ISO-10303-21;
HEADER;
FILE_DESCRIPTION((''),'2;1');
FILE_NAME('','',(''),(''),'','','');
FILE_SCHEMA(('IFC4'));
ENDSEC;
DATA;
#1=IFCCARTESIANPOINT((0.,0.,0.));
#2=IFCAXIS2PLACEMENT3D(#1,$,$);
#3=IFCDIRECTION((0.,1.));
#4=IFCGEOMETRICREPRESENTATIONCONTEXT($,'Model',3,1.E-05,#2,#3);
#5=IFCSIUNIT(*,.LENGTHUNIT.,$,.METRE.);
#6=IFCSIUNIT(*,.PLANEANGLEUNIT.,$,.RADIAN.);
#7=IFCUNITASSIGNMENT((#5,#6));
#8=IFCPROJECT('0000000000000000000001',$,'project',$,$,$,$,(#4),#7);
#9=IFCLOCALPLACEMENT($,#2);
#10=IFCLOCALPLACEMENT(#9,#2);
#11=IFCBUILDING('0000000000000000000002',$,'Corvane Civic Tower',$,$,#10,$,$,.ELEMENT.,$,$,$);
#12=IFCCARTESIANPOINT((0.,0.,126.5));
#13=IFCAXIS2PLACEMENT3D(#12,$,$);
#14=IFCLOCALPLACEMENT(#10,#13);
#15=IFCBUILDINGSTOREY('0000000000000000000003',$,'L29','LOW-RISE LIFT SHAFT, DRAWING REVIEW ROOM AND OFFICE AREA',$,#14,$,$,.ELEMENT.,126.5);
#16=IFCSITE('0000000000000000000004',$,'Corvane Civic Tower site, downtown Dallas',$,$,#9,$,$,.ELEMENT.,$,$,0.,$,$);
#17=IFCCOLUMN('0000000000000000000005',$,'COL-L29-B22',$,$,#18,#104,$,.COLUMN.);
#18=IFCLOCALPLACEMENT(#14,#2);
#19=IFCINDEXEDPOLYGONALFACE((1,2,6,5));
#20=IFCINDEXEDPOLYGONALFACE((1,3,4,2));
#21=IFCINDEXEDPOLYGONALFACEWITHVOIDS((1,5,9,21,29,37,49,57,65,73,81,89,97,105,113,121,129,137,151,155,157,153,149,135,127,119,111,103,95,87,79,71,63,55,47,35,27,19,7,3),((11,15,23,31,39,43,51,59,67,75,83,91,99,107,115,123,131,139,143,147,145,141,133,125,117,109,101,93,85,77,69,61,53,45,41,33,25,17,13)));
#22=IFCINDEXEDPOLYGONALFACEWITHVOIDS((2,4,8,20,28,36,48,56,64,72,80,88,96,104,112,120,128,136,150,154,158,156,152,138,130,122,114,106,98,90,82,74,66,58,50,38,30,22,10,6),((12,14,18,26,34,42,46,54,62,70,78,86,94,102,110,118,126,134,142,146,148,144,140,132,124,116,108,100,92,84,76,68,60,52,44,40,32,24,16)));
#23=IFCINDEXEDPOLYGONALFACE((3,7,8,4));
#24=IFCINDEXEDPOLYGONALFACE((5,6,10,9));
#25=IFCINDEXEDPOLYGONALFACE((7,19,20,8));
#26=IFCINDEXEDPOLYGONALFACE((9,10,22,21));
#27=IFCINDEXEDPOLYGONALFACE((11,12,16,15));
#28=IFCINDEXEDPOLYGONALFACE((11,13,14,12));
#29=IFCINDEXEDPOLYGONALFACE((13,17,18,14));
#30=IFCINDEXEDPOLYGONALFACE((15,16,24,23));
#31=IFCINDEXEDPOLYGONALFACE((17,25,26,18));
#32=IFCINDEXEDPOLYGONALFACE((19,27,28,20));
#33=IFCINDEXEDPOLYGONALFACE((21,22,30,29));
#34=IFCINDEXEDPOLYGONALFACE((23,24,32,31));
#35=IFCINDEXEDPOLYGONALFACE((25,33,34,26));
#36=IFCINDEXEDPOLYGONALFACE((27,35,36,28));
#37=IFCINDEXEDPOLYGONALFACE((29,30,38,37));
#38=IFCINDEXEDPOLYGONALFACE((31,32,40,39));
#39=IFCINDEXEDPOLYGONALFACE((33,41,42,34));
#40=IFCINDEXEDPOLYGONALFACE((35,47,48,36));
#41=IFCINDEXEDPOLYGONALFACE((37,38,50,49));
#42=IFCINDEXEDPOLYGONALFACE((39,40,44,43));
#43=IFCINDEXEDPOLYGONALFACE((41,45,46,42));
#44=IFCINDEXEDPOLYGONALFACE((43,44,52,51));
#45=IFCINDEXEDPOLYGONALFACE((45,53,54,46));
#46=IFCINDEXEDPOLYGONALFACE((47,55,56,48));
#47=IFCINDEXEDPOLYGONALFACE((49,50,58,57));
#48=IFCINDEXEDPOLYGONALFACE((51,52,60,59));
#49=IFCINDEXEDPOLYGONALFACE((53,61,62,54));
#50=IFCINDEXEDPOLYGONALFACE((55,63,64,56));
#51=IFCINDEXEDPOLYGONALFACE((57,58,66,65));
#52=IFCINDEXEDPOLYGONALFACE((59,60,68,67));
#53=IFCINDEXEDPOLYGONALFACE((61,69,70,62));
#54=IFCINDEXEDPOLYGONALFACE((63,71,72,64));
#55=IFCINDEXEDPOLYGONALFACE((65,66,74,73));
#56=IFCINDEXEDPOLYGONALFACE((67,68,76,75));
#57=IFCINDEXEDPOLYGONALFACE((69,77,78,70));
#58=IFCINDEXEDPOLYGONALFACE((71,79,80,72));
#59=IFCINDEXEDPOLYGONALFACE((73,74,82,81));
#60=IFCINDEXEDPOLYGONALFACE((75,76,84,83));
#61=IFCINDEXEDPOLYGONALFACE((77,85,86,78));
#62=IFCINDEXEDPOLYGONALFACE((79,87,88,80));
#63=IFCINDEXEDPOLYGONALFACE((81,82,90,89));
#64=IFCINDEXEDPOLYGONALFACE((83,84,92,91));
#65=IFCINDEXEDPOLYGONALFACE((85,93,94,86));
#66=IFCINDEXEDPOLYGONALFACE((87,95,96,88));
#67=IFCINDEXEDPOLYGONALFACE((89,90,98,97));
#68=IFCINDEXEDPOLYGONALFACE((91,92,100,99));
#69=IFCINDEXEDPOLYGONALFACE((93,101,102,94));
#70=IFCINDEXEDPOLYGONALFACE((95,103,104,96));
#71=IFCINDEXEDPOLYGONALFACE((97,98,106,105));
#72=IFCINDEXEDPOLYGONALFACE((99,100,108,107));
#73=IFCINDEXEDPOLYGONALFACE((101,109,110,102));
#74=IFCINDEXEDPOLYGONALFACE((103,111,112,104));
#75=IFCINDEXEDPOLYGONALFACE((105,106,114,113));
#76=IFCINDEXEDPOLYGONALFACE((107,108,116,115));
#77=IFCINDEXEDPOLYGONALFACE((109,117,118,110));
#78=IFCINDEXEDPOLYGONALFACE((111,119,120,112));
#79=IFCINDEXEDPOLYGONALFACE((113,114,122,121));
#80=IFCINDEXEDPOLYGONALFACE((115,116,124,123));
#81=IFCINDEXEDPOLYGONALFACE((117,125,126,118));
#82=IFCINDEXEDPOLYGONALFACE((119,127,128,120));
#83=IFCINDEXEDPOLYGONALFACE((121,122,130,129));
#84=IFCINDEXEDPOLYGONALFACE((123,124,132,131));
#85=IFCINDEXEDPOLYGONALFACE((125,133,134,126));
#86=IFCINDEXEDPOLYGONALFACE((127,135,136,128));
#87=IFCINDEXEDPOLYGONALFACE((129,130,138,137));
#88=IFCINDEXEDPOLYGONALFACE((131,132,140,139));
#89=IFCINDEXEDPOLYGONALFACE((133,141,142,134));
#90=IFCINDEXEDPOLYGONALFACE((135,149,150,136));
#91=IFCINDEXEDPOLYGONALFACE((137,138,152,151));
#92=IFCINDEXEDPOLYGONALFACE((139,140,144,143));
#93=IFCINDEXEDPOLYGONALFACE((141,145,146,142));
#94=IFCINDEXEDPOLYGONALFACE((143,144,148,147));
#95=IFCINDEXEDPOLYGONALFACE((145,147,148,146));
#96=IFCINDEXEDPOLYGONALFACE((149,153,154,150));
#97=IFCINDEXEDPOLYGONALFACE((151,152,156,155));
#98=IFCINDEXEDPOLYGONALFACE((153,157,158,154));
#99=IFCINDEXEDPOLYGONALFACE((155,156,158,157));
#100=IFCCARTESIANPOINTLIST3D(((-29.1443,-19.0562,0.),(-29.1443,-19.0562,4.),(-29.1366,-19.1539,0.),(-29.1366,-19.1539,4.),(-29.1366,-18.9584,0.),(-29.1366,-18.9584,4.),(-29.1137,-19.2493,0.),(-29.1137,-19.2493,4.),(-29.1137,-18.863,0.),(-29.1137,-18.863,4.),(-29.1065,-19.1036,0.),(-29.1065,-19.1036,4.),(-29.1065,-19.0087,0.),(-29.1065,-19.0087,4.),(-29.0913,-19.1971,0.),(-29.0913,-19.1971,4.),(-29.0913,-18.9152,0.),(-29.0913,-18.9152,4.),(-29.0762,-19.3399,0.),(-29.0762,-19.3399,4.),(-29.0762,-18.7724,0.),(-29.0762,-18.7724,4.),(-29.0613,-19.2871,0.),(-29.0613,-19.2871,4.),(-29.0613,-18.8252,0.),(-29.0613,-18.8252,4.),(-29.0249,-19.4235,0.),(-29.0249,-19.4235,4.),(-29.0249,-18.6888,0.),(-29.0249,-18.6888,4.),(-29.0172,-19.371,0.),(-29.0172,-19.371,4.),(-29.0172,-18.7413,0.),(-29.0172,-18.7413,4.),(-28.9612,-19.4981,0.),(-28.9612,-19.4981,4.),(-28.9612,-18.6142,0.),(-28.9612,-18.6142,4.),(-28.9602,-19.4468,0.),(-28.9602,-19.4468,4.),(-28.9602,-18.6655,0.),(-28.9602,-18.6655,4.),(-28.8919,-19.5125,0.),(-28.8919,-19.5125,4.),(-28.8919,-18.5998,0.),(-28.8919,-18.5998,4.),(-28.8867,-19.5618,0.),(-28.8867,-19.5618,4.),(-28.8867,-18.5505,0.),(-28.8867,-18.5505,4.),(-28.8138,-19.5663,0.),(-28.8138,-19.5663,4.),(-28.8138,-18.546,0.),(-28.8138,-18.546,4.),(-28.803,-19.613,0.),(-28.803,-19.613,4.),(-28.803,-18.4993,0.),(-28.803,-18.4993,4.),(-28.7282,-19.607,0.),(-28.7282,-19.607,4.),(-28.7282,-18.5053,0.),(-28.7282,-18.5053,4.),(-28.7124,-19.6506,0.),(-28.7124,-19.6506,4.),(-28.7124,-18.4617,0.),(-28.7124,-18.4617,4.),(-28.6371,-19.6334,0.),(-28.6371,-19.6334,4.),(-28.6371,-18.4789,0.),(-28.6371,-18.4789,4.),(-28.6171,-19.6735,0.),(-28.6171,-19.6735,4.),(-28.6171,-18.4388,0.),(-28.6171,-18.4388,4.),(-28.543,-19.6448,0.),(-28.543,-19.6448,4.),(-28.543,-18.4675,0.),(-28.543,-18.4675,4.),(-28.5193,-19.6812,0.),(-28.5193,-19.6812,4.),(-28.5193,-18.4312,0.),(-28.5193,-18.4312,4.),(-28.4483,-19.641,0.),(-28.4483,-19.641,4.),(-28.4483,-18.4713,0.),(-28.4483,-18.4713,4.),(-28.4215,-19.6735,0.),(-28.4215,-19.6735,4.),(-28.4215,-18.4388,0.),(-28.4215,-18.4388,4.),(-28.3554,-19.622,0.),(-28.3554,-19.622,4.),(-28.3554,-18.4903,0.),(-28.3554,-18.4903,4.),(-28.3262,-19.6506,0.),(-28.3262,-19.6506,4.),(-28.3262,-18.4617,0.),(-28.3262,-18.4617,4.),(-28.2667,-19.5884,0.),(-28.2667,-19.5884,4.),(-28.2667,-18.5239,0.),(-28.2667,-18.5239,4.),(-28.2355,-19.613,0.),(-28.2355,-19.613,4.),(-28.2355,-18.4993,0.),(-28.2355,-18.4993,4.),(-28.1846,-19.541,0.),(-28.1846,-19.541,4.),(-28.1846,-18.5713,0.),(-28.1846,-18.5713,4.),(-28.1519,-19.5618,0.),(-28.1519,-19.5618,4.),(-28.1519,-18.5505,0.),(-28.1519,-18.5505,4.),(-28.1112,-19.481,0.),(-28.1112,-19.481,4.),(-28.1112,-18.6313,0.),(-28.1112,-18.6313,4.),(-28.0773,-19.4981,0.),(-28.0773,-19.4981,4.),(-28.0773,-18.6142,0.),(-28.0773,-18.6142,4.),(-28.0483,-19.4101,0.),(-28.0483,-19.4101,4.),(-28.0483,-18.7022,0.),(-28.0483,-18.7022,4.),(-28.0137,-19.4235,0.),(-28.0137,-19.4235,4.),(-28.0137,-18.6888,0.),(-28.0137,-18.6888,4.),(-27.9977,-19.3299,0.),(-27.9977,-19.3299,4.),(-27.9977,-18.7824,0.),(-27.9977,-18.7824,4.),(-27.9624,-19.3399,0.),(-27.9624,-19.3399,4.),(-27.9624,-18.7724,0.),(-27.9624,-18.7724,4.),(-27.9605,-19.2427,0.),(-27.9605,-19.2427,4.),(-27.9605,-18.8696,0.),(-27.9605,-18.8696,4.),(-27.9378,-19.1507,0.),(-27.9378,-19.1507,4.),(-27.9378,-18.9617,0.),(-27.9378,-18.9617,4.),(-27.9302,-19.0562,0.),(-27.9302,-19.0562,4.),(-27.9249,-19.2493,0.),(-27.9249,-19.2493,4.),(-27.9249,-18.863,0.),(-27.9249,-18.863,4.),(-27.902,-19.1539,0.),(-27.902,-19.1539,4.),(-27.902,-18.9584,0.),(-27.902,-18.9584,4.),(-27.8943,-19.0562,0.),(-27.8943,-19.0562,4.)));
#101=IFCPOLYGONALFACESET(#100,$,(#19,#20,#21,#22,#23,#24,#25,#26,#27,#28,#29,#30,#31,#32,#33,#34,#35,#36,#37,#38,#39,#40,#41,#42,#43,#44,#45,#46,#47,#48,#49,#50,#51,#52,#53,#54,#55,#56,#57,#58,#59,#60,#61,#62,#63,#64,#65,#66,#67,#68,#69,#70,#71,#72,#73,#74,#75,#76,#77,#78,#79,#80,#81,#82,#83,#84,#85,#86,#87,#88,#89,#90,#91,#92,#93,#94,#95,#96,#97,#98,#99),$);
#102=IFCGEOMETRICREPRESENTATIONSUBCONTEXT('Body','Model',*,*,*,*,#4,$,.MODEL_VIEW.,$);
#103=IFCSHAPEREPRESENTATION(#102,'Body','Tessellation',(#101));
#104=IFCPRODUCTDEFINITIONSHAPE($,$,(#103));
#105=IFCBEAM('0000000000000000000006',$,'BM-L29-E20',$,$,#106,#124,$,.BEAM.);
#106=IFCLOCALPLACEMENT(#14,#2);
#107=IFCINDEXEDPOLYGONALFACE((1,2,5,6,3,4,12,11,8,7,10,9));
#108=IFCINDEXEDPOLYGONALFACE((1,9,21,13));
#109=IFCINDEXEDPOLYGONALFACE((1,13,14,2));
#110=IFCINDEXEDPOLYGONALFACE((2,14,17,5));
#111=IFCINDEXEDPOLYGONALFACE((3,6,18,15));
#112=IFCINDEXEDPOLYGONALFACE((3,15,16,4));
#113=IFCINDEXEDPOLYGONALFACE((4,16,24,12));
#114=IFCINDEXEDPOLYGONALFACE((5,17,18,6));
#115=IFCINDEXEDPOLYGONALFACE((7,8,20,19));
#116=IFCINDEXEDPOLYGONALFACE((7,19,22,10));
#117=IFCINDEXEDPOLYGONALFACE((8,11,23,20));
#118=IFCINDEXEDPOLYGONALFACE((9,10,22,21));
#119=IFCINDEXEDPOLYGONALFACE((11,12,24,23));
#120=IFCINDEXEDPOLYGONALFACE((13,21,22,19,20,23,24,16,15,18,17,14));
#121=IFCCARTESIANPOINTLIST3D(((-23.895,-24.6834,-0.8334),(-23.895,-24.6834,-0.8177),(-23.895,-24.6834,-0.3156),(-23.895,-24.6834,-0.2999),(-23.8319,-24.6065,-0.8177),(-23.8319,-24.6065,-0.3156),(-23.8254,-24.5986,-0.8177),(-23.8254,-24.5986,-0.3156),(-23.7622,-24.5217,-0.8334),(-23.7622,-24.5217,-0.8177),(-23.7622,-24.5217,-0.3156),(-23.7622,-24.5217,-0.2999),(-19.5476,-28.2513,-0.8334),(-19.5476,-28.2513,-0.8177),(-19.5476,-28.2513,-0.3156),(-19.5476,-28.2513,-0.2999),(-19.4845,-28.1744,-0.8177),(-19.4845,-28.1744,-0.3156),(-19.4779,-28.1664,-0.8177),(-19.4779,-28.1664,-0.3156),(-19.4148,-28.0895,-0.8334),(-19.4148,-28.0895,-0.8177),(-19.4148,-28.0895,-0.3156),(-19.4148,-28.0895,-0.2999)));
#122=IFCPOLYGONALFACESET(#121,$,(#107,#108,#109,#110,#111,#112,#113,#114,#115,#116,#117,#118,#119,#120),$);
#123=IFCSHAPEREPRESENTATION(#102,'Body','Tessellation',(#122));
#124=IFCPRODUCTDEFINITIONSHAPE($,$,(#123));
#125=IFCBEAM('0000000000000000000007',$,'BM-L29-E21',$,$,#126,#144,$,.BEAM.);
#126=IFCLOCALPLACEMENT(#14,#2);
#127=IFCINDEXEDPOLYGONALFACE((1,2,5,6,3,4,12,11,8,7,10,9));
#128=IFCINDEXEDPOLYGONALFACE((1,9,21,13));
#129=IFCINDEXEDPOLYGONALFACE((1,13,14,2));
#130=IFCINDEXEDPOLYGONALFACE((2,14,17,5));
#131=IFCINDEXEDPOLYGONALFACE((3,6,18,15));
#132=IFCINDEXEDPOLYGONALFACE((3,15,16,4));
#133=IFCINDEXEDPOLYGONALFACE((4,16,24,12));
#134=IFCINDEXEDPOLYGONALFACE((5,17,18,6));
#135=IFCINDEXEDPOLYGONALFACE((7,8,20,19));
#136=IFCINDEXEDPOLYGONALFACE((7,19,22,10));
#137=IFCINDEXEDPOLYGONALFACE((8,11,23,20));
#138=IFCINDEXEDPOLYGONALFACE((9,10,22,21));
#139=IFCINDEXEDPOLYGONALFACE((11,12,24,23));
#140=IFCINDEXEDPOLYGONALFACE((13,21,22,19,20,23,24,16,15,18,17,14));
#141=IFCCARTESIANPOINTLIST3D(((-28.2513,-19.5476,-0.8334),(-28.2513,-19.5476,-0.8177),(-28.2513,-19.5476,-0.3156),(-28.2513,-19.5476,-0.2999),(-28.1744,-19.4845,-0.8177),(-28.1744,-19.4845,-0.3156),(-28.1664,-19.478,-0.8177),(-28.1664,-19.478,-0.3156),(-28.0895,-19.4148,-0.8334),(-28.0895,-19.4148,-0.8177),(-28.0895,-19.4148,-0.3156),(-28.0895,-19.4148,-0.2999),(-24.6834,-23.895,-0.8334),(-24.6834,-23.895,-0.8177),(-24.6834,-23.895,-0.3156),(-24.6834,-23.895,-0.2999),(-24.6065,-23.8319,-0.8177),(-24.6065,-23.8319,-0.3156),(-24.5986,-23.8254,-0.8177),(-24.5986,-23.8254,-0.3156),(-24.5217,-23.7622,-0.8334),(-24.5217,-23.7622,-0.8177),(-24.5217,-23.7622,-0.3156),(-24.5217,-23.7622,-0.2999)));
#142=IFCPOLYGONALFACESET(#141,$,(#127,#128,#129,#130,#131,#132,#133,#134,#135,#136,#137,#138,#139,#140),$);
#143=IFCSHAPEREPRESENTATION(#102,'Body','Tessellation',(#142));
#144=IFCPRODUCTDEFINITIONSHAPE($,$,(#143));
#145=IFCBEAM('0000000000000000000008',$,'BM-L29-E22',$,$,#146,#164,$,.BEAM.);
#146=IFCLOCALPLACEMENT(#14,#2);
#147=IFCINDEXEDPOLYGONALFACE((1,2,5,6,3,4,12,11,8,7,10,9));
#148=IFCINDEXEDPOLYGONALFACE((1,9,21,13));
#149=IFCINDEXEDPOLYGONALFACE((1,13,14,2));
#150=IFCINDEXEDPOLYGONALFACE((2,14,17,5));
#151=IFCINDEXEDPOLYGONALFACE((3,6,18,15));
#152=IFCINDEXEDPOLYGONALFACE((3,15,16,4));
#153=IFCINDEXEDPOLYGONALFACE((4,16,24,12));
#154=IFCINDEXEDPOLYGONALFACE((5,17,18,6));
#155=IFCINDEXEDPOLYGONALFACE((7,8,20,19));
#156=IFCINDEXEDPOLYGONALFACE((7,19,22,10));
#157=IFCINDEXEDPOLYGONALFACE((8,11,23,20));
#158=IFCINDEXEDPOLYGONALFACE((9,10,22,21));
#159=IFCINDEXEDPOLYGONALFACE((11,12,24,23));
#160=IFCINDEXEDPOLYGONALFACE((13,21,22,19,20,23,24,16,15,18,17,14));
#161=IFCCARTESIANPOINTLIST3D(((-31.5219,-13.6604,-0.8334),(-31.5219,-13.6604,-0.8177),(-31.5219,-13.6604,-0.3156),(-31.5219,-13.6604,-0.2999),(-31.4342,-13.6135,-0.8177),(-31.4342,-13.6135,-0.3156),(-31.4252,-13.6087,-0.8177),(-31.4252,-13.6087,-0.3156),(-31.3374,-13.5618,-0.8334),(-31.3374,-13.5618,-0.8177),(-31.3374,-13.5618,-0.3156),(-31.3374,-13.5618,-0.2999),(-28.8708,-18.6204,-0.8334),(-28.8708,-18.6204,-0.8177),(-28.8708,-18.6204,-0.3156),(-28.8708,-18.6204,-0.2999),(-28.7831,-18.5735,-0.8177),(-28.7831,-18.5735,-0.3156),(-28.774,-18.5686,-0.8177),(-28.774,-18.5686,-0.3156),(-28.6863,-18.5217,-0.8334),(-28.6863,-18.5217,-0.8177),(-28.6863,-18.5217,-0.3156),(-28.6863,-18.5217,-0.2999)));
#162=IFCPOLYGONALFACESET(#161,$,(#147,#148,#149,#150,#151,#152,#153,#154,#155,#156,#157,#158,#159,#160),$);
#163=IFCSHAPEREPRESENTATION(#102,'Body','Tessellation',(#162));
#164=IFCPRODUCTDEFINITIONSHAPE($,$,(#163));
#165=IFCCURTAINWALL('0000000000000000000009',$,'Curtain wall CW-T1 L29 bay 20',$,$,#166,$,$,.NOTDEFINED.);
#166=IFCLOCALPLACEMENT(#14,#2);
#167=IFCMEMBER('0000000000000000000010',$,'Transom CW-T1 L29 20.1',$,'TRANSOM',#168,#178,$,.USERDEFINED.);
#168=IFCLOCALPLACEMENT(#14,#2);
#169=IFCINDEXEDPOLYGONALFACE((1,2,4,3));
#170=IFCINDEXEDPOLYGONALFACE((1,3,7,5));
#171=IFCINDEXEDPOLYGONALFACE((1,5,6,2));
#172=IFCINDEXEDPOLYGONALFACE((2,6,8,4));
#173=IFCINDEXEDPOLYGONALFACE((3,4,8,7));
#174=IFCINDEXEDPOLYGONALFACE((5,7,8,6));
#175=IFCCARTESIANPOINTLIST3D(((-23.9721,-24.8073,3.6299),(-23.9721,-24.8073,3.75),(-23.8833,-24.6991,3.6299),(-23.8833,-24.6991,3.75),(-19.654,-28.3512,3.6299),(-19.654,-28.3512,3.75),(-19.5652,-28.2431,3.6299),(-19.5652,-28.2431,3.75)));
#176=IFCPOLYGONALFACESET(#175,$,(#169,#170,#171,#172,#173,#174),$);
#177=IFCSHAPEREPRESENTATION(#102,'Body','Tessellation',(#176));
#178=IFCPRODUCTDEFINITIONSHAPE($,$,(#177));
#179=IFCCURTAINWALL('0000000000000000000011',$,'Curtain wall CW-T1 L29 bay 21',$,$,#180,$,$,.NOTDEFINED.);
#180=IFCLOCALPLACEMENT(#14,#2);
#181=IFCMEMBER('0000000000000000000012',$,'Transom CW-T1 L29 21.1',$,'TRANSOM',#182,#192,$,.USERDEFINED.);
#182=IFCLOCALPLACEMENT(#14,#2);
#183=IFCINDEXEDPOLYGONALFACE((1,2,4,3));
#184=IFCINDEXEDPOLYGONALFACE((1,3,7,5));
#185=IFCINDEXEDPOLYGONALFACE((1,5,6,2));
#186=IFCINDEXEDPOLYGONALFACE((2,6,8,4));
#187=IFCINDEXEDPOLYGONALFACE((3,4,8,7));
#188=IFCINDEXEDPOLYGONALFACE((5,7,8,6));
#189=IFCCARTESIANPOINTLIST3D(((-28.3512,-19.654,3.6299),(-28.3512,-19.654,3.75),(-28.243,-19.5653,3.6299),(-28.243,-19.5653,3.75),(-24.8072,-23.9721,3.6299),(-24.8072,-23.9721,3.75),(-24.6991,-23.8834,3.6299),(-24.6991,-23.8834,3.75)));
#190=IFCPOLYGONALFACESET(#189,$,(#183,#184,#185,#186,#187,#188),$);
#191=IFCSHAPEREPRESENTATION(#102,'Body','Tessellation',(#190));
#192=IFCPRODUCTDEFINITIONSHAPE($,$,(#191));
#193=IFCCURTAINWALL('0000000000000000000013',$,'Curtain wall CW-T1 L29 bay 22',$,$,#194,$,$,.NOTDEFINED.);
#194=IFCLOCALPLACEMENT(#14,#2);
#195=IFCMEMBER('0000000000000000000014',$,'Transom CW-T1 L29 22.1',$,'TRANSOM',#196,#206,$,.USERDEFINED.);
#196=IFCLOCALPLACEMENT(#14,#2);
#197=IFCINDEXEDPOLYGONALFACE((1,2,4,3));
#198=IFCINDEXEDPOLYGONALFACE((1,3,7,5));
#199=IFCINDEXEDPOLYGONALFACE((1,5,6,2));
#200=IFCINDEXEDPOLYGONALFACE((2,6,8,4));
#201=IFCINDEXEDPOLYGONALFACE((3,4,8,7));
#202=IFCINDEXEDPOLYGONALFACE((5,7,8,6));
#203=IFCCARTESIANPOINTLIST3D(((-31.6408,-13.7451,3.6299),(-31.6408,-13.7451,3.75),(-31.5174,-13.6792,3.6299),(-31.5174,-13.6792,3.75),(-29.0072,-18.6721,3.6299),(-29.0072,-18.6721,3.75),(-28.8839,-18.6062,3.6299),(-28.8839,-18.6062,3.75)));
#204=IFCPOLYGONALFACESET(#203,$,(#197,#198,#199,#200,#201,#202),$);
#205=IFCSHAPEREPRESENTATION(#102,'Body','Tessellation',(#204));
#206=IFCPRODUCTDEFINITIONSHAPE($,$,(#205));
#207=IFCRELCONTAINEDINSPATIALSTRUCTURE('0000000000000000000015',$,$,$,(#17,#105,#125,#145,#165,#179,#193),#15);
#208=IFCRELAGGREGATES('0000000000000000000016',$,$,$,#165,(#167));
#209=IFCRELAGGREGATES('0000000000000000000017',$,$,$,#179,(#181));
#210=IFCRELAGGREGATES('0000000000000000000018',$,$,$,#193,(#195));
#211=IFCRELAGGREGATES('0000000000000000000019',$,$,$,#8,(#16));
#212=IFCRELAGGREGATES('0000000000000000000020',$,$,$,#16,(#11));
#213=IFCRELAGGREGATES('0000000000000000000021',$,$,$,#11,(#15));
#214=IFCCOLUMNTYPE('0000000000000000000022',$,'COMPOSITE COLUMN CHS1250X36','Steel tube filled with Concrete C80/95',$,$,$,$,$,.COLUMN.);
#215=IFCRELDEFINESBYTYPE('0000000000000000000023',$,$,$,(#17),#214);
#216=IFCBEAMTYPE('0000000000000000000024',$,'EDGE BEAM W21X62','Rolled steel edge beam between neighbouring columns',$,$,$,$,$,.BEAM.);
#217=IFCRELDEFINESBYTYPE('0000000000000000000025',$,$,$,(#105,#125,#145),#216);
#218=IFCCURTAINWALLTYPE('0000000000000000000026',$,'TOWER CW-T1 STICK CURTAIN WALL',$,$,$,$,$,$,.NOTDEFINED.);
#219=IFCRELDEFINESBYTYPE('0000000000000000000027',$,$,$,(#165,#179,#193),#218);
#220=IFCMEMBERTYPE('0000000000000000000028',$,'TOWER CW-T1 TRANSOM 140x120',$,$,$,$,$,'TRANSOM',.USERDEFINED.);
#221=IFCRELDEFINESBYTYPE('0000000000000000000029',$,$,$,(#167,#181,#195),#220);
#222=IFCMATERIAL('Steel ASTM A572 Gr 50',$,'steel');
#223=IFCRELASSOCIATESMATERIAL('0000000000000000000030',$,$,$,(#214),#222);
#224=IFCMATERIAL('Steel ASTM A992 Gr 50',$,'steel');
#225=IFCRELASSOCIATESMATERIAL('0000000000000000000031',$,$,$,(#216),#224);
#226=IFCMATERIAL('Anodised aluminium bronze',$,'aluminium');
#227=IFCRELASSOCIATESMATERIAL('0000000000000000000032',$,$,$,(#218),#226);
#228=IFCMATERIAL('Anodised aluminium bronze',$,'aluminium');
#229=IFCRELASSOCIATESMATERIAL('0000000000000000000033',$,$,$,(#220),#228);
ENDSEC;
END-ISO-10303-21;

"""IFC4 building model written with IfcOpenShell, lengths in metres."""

from ifc_helpers import new_model, si_unit, direction, frame, origin, origin_2d, place, context, subcontext, project, spatial, rectangle, hollow_circle, i_section, extrude, material, material_profile, profile_set, type_object, element, aggregate, save


model = new_model("IFC4")

# Units and contexts
model_context = context("Model", 3, precision=1e-05, world=origin(), true_north=direction((0.0, 1.0)))
body_context = subcontext(model_context, "Body", "Model", "MODEL_VIEW")
ifc_project = project(units=[si_unit("LENGTHUNIT", "METRE"), si_unit("PLANEANGLEUNIT", "RADIAN")], contexts=[model_context])

# Site, building, storey
site_placement = place(None, origin())
site = spatial("IfcSite", under=ifc_project, at=site_placement, Name="Corvane Civic Tower site, downtown Dallas", CompositionType="ELEMENT", RefElevation=0.0)
building_placement = place(site_placement, origin())
building = spatial("IfcBuilding", under=site, at=building_placement, Name="Corvane Civic Tower", CompositionType="ELEMENT")
storey_placement = place(building_placement, frame((0.0, 0.0, 126.5)))
storey = spatial("IfcBuildingStorey", under=building, at=storey_placement, Name="L29", Description="LOW-RISE LIFT SHAFT, DRAWING REVIEW ROOM AND OFFICE AREA", CompositionType="ELEMENT", Elevation=126.5)

# Column
ifc_material_1 = material(Name="Steel ASTM A572 Gr 50", Category="steel")
ifc_material_profile_1 = material_profile(ifc_material_1, hollow_circle(Radius=0.625, WallThickness=0.0359, at=origin_2d()), Name="CHS1250X36")
ifc_profile_set_1 = profile_set([ifc_material_profile_1], Name="Steel ASTM A572 Gr 50")
column_type = type_object("IfcColumnType", Name="COMPOSITE COLUMN CHS1250X36", Description="Steel tube filled with Concrete C80/95", PredefinedType="COLUMN", material=ifc_profile_set_1)
for number, where, z_axis, x_axis, name in (
    (1, (-28.5193, -19.0562, 0.0), (0.0, 0.0, 1.0), (1.0, 0.0, 0.0), "COL-L29-B22"),
):
    element("IfcColumn", number, at=place(storey_placement, frame(where, z_axis=z_axis, x_axis=x_axis)), inside=storey, type_object=column_type, Name=name, PredefinedType="COLUMN", context=body_context, shape_type="SweptSolid", body=[
        extrude(hollow_circle(Radius=0.625, WallThickness=0.0359, at=origin_2d()), origin(), (0.0, 0.0, 1.0), 4.0),
    ])

# Beams
ifc_material_2 = material(Name="Steel ASTM A992 Gr 50", Category="steel")
ifc_material_profile_2 = material_profile(ifc_material_2, i_section(OverallWidth=0.2092, OverallDepth=0.5334, WebThickness=0.0103, FlangeThickness=0.0156, at=origin_2d()), Name="W21X62")
ifc_profile_set_2 = profile_set([ifc_material_profile_2], Name="Steel ASTM A992 Gr 50")
beam_type = type_object("IfcBeamType", Name="EDGE BEAM W21X62", Description="Rolled steel edge beam between neighbouring columns", PredefinedType="BEAM", material=ifc_profile_set_2)
for number, where, z_axis, x_axis, name in (
    (2, (-19.4812, -28.1704, -0.5667), (-0.773007, 0.634398, 0.0), (-0.634398, -0.773007, 0.0), "BM-L29-E20"),
    (3, (-24.6025, -23.8286, -0.5667), (-0.634398, 0.773007, 0.0), (-0.773007, -0.634398, 0.0), "BM-L29-E21"),
    (4, (-28.7786, -18.571, -0.5667), (-0.471392, 0.881924, 0.0), (-0.881924, -0.471392, 0.0), "BM-L29-E22"),
):
    element("IfcBeam", number, at=place(storey_placement, frame(where, z_axis=z_axis, x_axis=x_axis)), inside=storey, type_object=beam_type, Name=name, PredefinedType="BEAM", context=body_context, shape_type="SweptSolid", body=[
        extrude(i_section(OverallWidth=0.2092, OverallDepth=0.5334, WebThickness=0.0103, FlangeThickness=0.0156, at=origin_2d()), origin(), (0.0, 0.0, 1.0), 5.624),
    ])

# Curtain walls, members
ifc_material_3 = material(Name="Anodised aluminium bronze", Category="aluminium")
curtain_wall_type = type_object("IfcCurtainWallType", Name="TOWER CW-T1 STICK CURTAIN WALL", PredefinedType="NOTDEFINED", material=ifc_material_3)
curtain_wall_1_placement = place(storey_placement, origin())
curtain_wall_1 = element("IfcCurtainWall", 5, at=curtain_wall_1_placement, inside=storey, type_object=curtain_wall_type, Name="Curtain wall CW-T1 L29 bay 20", PredefinedType="NOTDEFINED")
ifc_material_4 = material(Name="Anodised aluminium bronze", Category="aluminium")
ifc_material_profile_3 = material_profile(ifc_material_4, rectangle(XDim=0.1399, YDim=0.1201, at=origin_2d()), Name="TOWER CW-T1 TRANSOM 140x120")
ifc_profile_set_3 = profile_set([ifc_material_profile_3], Name="Anodised aluminium bronze")
member_type = type_object("IfcMemberType", Name="TOWER CW-T1 TRANSOM 140x120", ElementType="TRANSOM", PredefinedType="USERDEFINED", material=ifc_profile_set_3)
member_1_placement = place(storey_placement, frame((-19.6096, -28.2971, 3.6899), z_axis=(-0.772996, 0.63441, 0.0), x_axis=(-0.63441, -0.772996, 0.0)))
member_1 = element("IfcMember", 6, at=member_1_placement, type_object=member_type, Name="Transom CW-T1 L29 20.1", ObjectType="TRANSOM", PredefinedType="USERDEFINED", context=body_context, shape_type="SweptSolid", body=[
    extrude(rectangle(XDim=0.1399, YDim=0.1201, at=origin_2d()), origin(), (0.0, 0.0, 1.0), 5.5862),
])
curtain_wall_2_placement = place(storey_placement, origin())
curtain_wall_2 = element("IfcCurtainWall", 7, at=curtain_wall_2_placement, inside=storey, type_object=curtain_wall_type, Name="Curtain wall CW-T1 L29 bay 21", PredefinedType="NOTDEFINED")
member_2_placement = place(storey_placement, frame((-24.7532, -23.9277, 3.6899), z_axis=(-0.63441, 0.772996, 0.0), x_axis=(-0.772996, -0.63441, 0.0)))
member_2 = element("IfcMember", 8, at=member_2_placement, type_object=member_type, Name="Transom CW-T1 L29 21.1", ObjectType="TRANSOM", PredefinedType="USERDEFINED", context=body_context, shape_type="SweptSolid", body=[
    extrude(rectangle(XDim=0.1399, YDim=0.1201, at=origin_2d()), origin(), (0.0, 0.0, 1.0), 5.5862),
])
curtain_wall_3_placement = place(storey_placement, origin())
curtain_wall_3 = element("IfcCurtainWall", 9, at=curtain_wall_3_placement, inside=storey, type_object=curtain_wall_type, Name="Curtain wall CW-T1 L29 bay 22", PredefinedType="NOTDEFINED")
member_3_placement = place(storey_placement, frame((-28.9456, -18.6392, 3.6899), z_axis=(-0.471398, 0.881921, 0.0), x_axis=(-0.881921, -0.471398, 0.0)))
member_3 = element("IfcMember", 10, at=member_3_placement, type_object=member_type, Name="Transom CW-T1 L29 22.1", ObjectType="TRANSOM", PredefinedType="USERDEFINED", context=body_context, shape_type="SweptSolid", body=[
    extrude(rectangle(XDim=0.1399, YDim=0.1201, at=origin_2d()), origin(), (0.0, 0.0, 1.0), 5.5867),
])

aggregate(curtain_wall_1, [member_1])
aggregate(curtain_wall_2, [member_2])
aggregate(curtain_wall_3, [member_3])

save(model, "model.ifc")
